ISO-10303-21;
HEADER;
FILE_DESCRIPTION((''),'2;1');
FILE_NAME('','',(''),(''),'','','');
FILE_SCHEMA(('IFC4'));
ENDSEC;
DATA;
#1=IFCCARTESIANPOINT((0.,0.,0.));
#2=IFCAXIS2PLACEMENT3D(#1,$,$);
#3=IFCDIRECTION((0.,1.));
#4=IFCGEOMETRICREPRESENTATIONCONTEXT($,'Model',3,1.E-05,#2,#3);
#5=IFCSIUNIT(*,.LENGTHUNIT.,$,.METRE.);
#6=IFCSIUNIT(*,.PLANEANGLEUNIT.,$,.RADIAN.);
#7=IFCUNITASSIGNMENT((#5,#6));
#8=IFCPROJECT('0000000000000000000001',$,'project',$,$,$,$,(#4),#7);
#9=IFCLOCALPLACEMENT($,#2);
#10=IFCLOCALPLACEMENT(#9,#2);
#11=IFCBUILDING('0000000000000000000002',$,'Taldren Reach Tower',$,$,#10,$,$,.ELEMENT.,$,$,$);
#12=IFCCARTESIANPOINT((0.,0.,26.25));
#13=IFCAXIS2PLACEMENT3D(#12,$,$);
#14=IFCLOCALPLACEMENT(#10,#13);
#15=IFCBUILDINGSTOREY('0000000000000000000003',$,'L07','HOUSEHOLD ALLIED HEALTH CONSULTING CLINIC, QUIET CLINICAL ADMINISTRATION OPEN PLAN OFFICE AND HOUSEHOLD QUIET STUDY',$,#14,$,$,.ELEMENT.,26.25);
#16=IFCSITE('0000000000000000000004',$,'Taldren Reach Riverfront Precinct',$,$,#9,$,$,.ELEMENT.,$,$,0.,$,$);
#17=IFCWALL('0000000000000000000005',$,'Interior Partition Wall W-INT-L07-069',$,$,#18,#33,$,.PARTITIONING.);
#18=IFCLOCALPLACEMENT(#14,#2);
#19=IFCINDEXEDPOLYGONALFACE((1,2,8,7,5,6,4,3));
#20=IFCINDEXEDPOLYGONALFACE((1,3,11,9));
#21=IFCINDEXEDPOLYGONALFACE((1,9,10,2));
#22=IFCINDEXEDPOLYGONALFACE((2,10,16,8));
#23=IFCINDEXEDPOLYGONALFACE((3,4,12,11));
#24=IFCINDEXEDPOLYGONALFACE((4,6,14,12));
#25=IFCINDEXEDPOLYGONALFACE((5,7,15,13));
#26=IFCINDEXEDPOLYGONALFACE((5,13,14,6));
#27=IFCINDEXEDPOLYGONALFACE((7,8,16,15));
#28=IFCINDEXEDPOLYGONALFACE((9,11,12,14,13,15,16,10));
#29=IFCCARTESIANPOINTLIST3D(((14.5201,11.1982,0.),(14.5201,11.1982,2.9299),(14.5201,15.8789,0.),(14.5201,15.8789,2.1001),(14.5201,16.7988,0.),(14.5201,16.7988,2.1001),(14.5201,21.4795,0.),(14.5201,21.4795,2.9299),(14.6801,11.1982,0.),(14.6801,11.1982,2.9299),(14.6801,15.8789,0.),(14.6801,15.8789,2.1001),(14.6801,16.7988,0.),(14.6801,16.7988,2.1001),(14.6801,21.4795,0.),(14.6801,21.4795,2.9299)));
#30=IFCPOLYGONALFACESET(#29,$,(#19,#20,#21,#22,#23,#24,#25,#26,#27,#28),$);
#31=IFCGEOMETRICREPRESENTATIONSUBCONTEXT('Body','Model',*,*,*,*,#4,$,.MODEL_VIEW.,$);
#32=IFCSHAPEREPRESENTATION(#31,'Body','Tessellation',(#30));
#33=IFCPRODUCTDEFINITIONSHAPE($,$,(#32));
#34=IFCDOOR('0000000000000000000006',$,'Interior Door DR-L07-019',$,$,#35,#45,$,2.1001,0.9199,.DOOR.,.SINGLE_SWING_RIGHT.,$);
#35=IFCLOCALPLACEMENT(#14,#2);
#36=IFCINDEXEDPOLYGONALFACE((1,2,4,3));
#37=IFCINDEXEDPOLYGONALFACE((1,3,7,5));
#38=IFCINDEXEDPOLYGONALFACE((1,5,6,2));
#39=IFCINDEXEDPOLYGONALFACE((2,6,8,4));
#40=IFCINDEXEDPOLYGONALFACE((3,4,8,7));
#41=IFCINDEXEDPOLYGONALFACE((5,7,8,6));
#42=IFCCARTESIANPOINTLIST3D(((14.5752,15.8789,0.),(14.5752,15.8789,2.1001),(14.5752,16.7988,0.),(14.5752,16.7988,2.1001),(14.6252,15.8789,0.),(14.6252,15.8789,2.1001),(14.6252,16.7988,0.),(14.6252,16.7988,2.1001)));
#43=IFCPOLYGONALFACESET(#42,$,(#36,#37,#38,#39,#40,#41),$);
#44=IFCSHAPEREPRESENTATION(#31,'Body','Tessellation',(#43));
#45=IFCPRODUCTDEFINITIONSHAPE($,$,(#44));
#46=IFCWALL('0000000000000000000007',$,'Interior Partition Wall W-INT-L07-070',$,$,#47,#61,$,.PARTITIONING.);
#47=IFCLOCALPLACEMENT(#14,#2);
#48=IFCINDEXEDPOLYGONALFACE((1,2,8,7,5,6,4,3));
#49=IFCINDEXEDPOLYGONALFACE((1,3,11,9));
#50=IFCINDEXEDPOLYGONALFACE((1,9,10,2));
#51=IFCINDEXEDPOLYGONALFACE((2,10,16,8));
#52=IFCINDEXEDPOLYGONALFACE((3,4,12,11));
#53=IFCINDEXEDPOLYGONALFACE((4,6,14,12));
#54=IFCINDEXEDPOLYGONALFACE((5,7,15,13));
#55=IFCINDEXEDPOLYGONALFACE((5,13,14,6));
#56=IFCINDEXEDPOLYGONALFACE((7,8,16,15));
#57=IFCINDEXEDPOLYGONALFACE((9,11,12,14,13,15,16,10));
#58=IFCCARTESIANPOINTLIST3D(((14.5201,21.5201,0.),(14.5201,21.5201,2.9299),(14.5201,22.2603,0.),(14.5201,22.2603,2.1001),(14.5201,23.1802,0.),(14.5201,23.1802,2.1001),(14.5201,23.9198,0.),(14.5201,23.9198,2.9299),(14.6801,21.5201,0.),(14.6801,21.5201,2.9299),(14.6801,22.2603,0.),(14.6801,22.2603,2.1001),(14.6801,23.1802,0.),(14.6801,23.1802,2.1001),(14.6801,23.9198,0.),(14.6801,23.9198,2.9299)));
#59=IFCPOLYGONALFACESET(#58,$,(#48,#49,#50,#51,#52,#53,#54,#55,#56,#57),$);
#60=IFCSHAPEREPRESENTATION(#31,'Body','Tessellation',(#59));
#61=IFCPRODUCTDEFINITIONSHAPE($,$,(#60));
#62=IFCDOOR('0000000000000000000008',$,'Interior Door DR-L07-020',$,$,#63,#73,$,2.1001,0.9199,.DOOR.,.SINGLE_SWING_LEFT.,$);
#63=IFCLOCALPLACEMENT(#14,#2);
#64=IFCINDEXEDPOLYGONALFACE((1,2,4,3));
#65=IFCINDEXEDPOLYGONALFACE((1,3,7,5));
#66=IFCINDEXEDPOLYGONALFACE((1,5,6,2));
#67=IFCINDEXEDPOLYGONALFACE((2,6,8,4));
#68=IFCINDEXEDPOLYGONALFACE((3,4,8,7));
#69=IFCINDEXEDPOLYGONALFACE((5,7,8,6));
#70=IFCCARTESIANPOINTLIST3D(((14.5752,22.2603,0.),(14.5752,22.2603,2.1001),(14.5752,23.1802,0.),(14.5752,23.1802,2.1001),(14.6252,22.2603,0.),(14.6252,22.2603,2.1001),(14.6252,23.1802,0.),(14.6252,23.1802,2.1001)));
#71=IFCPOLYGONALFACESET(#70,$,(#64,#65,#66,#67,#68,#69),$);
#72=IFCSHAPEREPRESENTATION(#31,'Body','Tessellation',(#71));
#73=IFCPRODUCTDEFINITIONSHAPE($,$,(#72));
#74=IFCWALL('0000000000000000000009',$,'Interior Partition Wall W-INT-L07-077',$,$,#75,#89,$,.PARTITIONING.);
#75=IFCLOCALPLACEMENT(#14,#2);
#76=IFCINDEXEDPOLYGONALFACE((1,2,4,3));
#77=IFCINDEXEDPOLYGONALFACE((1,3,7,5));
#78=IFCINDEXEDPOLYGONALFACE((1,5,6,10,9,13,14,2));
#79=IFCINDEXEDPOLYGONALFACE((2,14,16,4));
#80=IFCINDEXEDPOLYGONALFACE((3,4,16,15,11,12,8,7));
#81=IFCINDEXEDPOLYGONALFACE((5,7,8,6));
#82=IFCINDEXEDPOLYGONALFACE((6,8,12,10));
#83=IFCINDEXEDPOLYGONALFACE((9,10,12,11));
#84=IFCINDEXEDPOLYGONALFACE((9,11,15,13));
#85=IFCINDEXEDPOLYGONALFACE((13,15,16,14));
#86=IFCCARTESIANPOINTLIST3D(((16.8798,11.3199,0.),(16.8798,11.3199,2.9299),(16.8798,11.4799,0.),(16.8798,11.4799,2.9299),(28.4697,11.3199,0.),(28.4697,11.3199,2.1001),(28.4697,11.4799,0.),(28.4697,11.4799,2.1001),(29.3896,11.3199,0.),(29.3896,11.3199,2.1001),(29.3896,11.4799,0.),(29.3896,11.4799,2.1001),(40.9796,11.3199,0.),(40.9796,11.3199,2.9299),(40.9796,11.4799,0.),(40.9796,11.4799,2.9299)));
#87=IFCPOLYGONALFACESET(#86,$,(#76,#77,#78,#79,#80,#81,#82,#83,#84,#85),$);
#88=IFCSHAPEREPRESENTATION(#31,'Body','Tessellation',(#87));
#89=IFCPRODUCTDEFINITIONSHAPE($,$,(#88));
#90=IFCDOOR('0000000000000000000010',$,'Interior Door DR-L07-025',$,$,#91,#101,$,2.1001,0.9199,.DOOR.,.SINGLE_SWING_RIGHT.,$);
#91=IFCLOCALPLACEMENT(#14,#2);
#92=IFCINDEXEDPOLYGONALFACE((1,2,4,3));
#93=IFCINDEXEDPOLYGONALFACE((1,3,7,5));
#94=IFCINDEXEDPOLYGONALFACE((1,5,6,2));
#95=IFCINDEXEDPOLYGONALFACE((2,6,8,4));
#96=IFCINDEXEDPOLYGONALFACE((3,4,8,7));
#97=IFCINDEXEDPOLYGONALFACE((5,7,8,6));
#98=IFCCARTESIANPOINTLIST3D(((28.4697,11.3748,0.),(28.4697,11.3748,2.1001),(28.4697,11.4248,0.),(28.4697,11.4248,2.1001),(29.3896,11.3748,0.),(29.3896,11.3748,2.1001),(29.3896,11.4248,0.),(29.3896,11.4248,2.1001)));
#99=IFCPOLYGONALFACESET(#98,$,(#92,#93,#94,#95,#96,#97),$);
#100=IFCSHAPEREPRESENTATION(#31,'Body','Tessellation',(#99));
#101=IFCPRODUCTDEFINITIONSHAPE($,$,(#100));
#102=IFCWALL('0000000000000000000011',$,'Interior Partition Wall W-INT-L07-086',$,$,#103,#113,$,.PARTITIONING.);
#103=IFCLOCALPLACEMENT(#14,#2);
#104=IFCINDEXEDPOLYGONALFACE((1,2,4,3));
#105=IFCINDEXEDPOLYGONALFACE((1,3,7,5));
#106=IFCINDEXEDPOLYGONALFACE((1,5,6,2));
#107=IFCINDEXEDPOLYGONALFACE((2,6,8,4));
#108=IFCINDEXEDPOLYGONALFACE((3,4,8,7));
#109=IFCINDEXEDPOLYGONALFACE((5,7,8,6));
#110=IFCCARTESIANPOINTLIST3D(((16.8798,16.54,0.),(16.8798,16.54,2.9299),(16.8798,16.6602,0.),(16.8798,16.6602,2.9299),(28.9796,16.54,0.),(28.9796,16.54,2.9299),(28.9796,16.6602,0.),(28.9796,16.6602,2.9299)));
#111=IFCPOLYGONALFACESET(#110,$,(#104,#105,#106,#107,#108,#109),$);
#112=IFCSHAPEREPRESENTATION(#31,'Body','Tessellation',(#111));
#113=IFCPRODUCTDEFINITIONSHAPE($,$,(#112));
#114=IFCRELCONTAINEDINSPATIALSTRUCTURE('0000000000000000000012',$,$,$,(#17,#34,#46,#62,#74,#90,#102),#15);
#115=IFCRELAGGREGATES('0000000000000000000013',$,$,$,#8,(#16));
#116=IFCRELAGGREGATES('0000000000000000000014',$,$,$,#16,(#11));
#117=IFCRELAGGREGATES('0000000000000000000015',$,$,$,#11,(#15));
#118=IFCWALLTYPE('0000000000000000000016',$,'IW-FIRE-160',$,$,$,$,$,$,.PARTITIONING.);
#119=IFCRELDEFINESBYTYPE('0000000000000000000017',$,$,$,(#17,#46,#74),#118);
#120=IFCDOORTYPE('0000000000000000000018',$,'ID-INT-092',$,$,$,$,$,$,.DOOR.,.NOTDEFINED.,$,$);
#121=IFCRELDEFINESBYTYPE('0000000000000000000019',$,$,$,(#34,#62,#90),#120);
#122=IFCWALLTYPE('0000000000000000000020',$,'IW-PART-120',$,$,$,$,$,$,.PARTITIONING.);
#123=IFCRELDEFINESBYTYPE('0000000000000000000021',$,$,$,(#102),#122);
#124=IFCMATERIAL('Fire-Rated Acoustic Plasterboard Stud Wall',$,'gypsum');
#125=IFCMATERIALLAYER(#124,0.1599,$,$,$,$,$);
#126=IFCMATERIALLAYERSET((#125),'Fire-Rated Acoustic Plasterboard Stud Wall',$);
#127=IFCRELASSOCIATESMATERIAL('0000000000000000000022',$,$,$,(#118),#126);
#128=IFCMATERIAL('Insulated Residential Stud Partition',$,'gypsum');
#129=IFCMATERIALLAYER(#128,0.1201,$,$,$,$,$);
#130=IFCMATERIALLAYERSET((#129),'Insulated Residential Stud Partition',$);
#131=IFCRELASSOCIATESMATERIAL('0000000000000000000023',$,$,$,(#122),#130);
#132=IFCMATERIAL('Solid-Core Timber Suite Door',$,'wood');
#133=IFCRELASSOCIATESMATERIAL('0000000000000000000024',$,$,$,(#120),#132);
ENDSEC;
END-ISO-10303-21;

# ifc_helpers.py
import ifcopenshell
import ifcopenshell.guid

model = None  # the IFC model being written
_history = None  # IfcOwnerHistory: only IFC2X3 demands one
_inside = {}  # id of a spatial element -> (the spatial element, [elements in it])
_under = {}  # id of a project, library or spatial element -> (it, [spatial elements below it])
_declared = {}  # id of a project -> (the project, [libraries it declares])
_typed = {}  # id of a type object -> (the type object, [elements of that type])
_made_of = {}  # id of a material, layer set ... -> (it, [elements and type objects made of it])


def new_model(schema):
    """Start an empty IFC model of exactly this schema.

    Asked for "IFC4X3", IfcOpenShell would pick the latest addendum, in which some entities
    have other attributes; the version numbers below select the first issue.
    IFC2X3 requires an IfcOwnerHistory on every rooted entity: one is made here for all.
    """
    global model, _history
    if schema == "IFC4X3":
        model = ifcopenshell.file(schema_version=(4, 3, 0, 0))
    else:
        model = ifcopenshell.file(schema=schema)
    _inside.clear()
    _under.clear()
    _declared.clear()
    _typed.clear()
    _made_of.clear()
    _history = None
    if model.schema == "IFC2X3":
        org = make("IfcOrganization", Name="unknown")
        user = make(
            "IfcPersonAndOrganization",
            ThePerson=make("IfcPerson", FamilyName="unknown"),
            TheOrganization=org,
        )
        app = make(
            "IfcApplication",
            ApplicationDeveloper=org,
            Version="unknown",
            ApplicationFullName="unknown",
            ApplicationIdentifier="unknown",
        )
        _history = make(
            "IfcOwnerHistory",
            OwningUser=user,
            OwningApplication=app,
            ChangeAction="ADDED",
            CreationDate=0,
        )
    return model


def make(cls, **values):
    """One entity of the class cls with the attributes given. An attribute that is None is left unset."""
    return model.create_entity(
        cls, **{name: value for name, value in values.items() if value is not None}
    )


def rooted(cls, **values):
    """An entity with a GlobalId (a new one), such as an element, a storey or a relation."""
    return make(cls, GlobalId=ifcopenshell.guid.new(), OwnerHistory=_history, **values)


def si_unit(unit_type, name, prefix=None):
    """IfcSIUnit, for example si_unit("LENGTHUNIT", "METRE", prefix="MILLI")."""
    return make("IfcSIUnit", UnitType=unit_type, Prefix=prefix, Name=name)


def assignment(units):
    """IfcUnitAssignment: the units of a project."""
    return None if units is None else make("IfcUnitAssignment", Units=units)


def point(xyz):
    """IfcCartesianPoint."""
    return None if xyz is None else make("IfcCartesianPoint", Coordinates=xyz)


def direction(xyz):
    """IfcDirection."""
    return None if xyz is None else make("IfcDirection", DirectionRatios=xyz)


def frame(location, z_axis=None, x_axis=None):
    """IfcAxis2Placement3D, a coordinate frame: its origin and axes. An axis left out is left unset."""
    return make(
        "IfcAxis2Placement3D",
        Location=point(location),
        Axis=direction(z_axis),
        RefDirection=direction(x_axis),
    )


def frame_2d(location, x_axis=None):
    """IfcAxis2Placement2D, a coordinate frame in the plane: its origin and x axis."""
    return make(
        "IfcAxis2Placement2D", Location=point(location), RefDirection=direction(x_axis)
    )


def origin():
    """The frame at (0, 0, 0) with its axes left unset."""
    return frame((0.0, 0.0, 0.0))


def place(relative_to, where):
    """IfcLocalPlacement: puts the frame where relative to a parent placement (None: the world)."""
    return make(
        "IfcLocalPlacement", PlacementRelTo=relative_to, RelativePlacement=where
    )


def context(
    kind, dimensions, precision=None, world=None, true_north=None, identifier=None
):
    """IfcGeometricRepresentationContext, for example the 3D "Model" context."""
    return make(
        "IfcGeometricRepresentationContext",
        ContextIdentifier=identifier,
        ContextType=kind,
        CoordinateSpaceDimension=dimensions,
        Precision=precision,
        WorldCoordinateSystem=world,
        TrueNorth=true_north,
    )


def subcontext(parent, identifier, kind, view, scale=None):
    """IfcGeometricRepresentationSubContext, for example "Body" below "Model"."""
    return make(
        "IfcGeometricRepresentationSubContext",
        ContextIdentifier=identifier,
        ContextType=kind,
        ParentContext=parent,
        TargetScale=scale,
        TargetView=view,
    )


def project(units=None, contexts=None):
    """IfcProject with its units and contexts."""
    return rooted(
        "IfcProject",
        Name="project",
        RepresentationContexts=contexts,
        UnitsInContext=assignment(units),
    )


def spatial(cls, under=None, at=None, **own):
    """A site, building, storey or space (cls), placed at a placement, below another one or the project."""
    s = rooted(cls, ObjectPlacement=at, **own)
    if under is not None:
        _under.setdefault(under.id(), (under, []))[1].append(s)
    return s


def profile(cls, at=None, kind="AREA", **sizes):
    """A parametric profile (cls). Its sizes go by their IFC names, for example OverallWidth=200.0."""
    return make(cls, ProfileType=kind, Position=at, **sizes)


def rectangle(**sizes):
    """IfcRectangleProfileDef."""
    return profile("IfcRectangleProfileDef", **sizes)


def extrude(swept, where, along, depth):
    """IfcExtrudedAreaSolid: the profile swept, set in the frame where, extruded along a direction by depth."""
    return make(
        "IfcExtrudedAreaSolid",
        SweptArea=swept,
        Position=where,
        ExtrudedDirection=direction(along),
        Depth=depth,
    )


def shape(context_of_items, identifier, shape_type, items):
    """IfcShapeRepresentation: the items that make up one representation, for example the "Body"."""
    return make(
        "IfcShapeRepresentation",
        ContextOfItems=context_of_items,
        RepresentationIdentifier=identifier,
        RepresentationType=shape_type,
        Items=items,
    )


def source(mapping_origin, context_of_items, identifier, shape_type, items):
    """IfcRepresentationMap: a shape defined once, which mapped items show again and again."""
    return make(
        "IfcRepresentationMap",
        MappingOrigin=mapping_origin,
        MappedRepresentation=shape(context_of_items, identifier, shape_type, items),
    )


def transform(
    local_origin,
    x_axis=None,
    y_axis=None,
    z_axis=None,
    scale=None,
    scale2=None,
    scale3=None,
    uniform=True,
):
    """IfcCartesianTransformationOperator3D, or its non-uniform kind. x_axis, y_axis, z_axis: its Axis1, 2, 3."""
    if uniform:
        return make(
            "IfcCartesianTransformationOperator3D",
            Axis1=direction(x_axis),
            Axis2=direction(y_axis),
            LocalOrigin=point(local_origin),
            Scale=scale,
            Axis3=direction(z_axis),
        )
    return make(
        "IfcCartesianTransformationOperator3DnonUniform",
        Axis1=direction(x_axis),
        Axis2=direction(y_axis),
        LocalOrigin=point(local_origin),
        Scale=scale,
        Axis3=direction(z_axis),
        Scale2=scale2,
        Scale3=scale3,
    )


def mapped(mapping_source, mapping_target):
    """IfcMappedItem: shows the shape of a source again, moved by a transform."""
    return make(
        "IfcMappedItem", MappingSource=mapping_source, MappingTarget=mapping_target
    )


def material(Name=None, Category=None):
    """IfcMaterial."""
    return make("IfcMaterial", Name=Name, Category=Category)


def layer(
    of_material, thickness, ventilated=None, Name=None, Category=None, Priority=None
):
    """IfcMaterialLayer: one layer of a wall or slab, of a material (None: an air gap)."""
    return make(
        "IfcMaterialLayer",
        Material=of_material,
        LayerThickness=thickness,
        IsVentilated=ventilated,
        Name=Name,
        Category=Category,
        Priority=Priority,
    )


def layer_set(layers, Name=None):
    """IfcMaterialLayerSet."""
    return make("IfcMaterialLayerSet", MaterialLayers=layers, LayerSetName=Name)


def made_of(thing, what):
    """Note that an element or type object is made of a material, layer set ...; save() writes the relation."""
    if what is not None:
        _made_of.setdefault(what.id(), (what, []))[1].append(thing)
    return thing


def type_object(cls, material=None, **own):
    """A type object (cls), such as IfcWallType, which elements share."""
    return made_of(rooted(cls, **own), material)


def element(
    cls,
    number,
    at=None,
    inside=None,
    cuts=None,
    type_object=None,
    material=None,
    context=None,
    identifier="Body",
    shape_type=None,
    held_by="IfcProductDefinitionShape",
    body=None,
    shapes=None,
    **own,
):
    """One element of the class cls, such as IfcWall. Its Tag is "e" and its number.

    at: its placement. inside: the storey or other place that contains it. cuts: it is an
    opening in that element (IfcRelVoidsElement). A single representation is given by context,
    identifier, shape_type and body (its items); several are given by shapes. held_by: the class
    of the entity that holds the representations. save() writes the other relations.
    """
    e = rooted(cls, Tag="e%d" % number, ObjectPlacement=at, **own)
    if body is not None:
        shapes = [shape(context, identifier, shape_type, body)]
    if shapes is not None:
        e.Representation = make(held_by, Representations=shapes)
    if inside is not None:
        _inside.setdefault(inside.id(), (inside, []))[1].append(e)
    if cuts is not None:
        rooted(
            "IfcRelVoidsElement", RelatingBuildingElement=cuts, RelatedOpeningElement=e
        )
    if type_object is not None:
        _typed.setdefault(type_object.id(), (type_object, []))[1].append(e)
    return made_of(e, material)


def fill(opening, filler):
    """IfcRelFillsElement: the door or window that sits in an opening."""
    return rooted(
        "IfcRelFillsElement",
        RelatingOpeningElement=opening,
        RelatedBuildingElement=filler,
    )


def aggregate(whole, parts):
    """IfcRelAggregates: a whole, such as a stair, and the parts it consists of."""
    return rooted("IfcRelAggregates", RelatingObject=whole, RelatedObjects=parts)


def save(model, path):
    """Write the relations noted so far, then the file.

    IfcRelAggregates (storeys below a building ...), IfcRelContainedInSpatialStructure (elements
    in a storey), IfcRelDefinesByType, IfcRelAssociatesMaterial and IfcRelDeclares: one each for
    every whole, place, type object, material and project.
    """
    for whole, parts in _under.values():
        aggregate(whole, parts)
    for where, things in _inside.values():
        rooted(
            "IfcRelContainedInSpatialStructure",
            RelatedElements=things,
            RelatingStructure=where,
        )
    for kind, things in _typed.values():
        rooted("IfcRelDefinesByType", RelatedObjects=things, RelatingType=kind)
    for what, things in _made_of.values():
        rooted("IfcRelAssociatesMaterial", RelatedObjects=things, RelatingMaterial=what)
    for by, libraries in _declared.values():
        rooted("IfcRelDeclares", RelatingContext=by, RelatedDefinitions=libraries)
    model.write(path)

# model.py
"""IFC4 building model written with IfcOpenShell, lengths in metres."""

from ifc_helpers import new_model, si_unit, direction, frame, frame_2d, origin, place, context, subcontext, project, spatial, rectangle, extrude, source, transform, mapped, material, layer, layer_set, type_object, element, fill, save


model = new_model("IFC4")

# Units and contexts
model_context = context("Model", 3, precision=1e-05, world=origin(), true_north=direction((0.0, 1.0)))
body_context = subcontext(model_context, "Body", "Model", "MODEL_VIEW")
ifc_project = project(units=[si_unit("LENGTHUNIT", "METRE"), si_unit("PLANEANGLEUNIT", "RADIAN")], contexts=[model_context])

# Site, building, storey
site_placement = place(None, origin())
site = spatial("IfcSite", under=ifc_project, at=site_placement, Name="Taldren Reach Riverfront Precinct", CompositionType="ELEMENT", RefElevation=0.0)
building_placement = place(site_placement, origin())
building = spatial("IfcBuilding", under=site, at=building_placement, Name="Taldren Reach Tower", CompositionType="ELEMENT")
storey_placement = place(building_placement, frame((0.0, 0.0, 26.25)))
storey = spatial("IfcBuildingStorey", under=building, at=storey_placement, Name="L07", Description="HOUSEHOLD ALLIED HEALTH CONSULTING CLINIC, QUIET CLINICAL ADMINISTRATION OPEN PLAN OFFICE AND HOUSEHOLD QUIET STUDY", CompositionType="ELEMENT", Elevation=26.25)

# Shared definitions
ifc_material_1 = material(Name="Fire-Rated Acoustic Plasterboard Stud Wall", Category="gypsum")
ifc_layer_1 = layer(ifc_material_1, 0.1599)
ifc_layer_set_1 = layer_set([ifc_layer_1], Name="Fire-Rated Acoustic Plasterboard Stud Wall")
wall_type_1 = type_object("IfcWallType", Name="IW-FIRE-160", PredefinedType="PARTITIONING", material=ifc_layer_set_1)

# Shared definitions
ifc_material_2 = material(Name="Insulated Residential Stud Partition", Category="gypsum")
ifc_layer_2 = layer(ifc_material_2, 0.1201)
ifc_layer_set_2 = layer_set([ifc_layer_2], Name="Insulated Residential Stud Partition")
wall_type_2 = type_object("IfcWallType", Name="IW-PART-120", PredefinedType="PARTITIONING", material=ifc_layer_set_2)
ifc_material_3 = material(Name="Solid-Core Timber Suite Door", Category="wood")
door_type_1 = type_object("IfcDoorType", Name="ID-INT-092", OperationType="NOTDEFINED", PredefinedType="DOOR", material=ifc_material_3)
shared_shape_1 = source(origin(), body_context, "Body", "SweptSolid", [
    extrude(rectangle(XDim=0.9199, YDim=2.1001, at=frame_2d((0.46, 1.05))), frame((0.0, 0.0249, 0.0), z_axis=(0.0, -1.0, 0.0), x_axis=(1.0, 0.0, 0.0)), (0.0, 0.0, 1.0), 0.05),
])

# Walls, openings, doors
shared_shape_2 = source(origin(), body_context, "Body", "SweptSolid", [
    extrude(rectangle(XDim=10.2812, YDim=0.1599, at=frame_2d((5.1406, 0.0))), origin(), (0.0, 0.0, 1.0), 2.9299),
])
wall_1_placement = place(storey_placement, frame((14.6001, 11.1982, 0.0), z_axis=(0.0, 0.0, 1.0), x_axis=(0.0, 1.0, 0.0)))
wall_1 = element("IfcWall", 1, at=wall_1_placement, inside=storey, type_object=wall_type_1, Name="Interior Partition Wall W-INT-L07-069", PredefinedType="PARTITIONING", context=body_context, shape_type="MappedRepresentation", body=[
    mapped(shared_shape_2, transform((0.0, 0.0, 0.0), scale=1.0)),
])
shared_shape_3 = source(origin(), body_context, "Body", "SweptSolid", [
    extrude(rectangle(XDim=0.9199, YDim=2.1001, at=frame_2d((0.46, 1.05))), frame((0.0, 0.0898, 0.0), z_axis=(0.0, -1.0, 0.0), x_axis=(1.0, 0.0, 0.0)), (0.0, 0.0, 1.0), 0.1799),
])
opening_1_placement = place(wall_1_placement, frame((4.6807, 0.0, 0.0)))
opening_1 = element("IfcOpeningElement", 2, at=opening_1_placement, cuts=wall_1, PredefinedType="OPENING", context=body_context, shape_type="MappedRepresentation", body=[
    mapped(shared_shape_3, transform((0.0, 0.0, 0.0), scale=1.0)),
])
door_1_placement = place(opening_1_placement, origin())
door_1 = element("IfcDoor", 3, at=door_1_placement, inside=storey, type_object=door_type_1, Name="Interior Door DR-L07-019", OperationType="SINGLE_SWING_RIGHT", OverallHeight=2.1001, OverallWidth=0.9199, PredefinedType="DOOR", context=body_context, shape_type="MappedRepresentation", body=[
    mapped(shared_shape_1, transform((0.0, 0.0, 0.0), scale=1.0)),
])
fill(opening_1, door_1)
shared_shape_4 = source(origin(), body_context, "Body", "SweptSolid", [
    extrude(rectangle(XDim=2.3997, YDim=0.1599, at=frame_2d((1.1997, 0.0))), origin(), (0.0, 0.0, 1.0), 2.9299),
])
wall_2_placement = place(storey_placement, frame((14.6001, 21.5203, 0.0), z_axis=(0.0, 0.0, 1.0), x_axis=(0.0, 1.0, 0.0)))
wall_2 = element("IfcWall", 4, at=wall_2_placement, inside=storey, type_object=wall_type_1, Name="Interior Partition Wall W-INT-L07-070", PredefinedType="PARTITIONING", context=body_context, shape_type="MappedRepresentation", body=[
    mapped(shared_shape_4, transform((0.0, 0.0, 0.0), scale=1.0)),
])
opening_2_placement = place(wall_2_placement, frame((0.74, 0.0, 0.0)))
opening_2 = element("IfcOpeningElement", 5, at=opening_2_placement, cuts=wall_2, PredefinedType="OPENING", context=body_context, shape_type="MappedRepresentation", body=[
    mapped(shared_shape_3, transform((0.0, 0.0, 0.0), scale=1.0)),
])
door_2_placement = place(opening_2_placement, origin())
door_2 = element("IfcDoor", 6, at=door_2_placement, inside=storey, type_object=door_type_1, Name="Interior Door DR-L07-020", OperationType="SINGLE_SWING_LEFT", OverallHeight=2.1001, OverallWidth=0.9199, PredefinedType="DOOR", context=body_context, shape_type="MappedRepresentation", body=[
    mapped(shared_shape_1, transform((0.0, 0.0, 0.0), scale=1.0)),
])
fill(opening_2, door_2)
shared_shape_5 = source(origin(), body_context, "Body", "SweptSolid", [
    extrude(rectangle(XDim=24.0999, YDim=0.1599, at=frame_2d((12.0498, 0.0))), origin(), (0.0, 0.0, 1.0), 2.9299),
])
wall_3_placement = place(storey_placement, frame((16.8799, 11.3999, 0.0), z_axis=(0.0, 0.0, 1.0), x_axis=(1.0, 0.0, 0.0)))
wall_3 = element("IfcWall", 7, at=wall_3_placement, inside=storey, type_object=wall_type_1, Name="Interior Partition Wall W-INT-L07-077", PredefinedType="PARTITIONING", context=body_context, shape_type="MappedRepresentation", body=[
    mapped(shared_shape_5, transform((0.0, 0.0, 0.0), scale=1.0)),
])
opening_3_placement = place(wall_3_placement, frame((11.5898, 0.0, 0.0)))
opening_3 = element("IfcOpeningElement", 8, at=opening_3_placement, cuts=wall_3, PredefinedType="OPENING", context=body_context, shape_type="MappedRepresentation", body=[
    mapped(shared_shape_3, transform((0.0, 0.0, 0.0), scale=1.0)),
])
door_3_placement = place(opening_3_placement, origin())
door_3 = element("IfcDoor", 9, at=door_3_placement, inside=storey, type_object=door_type_1, Name="Interior Door DR-L07-025", OperationType="SINGLE_SWING_RIGHT", OverallHeight=2.1001, OverallWidth=0.9199, PredefinedType="DOOR", context=body_context, shape_type="MappedRepresentation", body=[
    mapped(shared_shape_1, transform((0.0, 0.0, 0.0), scale=1.0)),
])
fill(opening_3, door_3)

# Wall
shared_shape_6 = source(origin(), body_context, "Body", "SweptSolid", [
    extrude(rectangle(XDim=12.0999, YDim=0.1201, at=frame_2d((6.0498, 0.0))), origin(), (0.0, 0.0, 1.0), 2.9299),
])
wall_4_placement = place(storey_placement, frame((16.8799, 16.6001, 0.0), z_axis=(0.0, 0.0, 1.0), x_axis=(1.0, 0.0, 0.0)))
element("IfcWall", 10, at=wall_4_placement, inside=storey, type_object=wall_type_2, Name="Interior Partition Wall W-INT-L07-086", PredefinedType="PARTITIONING", context=body_context, shape_type="MappedRepresentation", body=[
    mapped(shared_shape_6, transform((0.0, 0.0, 0.0), scale=1.0)),
])

save(model, "model.ifc")
